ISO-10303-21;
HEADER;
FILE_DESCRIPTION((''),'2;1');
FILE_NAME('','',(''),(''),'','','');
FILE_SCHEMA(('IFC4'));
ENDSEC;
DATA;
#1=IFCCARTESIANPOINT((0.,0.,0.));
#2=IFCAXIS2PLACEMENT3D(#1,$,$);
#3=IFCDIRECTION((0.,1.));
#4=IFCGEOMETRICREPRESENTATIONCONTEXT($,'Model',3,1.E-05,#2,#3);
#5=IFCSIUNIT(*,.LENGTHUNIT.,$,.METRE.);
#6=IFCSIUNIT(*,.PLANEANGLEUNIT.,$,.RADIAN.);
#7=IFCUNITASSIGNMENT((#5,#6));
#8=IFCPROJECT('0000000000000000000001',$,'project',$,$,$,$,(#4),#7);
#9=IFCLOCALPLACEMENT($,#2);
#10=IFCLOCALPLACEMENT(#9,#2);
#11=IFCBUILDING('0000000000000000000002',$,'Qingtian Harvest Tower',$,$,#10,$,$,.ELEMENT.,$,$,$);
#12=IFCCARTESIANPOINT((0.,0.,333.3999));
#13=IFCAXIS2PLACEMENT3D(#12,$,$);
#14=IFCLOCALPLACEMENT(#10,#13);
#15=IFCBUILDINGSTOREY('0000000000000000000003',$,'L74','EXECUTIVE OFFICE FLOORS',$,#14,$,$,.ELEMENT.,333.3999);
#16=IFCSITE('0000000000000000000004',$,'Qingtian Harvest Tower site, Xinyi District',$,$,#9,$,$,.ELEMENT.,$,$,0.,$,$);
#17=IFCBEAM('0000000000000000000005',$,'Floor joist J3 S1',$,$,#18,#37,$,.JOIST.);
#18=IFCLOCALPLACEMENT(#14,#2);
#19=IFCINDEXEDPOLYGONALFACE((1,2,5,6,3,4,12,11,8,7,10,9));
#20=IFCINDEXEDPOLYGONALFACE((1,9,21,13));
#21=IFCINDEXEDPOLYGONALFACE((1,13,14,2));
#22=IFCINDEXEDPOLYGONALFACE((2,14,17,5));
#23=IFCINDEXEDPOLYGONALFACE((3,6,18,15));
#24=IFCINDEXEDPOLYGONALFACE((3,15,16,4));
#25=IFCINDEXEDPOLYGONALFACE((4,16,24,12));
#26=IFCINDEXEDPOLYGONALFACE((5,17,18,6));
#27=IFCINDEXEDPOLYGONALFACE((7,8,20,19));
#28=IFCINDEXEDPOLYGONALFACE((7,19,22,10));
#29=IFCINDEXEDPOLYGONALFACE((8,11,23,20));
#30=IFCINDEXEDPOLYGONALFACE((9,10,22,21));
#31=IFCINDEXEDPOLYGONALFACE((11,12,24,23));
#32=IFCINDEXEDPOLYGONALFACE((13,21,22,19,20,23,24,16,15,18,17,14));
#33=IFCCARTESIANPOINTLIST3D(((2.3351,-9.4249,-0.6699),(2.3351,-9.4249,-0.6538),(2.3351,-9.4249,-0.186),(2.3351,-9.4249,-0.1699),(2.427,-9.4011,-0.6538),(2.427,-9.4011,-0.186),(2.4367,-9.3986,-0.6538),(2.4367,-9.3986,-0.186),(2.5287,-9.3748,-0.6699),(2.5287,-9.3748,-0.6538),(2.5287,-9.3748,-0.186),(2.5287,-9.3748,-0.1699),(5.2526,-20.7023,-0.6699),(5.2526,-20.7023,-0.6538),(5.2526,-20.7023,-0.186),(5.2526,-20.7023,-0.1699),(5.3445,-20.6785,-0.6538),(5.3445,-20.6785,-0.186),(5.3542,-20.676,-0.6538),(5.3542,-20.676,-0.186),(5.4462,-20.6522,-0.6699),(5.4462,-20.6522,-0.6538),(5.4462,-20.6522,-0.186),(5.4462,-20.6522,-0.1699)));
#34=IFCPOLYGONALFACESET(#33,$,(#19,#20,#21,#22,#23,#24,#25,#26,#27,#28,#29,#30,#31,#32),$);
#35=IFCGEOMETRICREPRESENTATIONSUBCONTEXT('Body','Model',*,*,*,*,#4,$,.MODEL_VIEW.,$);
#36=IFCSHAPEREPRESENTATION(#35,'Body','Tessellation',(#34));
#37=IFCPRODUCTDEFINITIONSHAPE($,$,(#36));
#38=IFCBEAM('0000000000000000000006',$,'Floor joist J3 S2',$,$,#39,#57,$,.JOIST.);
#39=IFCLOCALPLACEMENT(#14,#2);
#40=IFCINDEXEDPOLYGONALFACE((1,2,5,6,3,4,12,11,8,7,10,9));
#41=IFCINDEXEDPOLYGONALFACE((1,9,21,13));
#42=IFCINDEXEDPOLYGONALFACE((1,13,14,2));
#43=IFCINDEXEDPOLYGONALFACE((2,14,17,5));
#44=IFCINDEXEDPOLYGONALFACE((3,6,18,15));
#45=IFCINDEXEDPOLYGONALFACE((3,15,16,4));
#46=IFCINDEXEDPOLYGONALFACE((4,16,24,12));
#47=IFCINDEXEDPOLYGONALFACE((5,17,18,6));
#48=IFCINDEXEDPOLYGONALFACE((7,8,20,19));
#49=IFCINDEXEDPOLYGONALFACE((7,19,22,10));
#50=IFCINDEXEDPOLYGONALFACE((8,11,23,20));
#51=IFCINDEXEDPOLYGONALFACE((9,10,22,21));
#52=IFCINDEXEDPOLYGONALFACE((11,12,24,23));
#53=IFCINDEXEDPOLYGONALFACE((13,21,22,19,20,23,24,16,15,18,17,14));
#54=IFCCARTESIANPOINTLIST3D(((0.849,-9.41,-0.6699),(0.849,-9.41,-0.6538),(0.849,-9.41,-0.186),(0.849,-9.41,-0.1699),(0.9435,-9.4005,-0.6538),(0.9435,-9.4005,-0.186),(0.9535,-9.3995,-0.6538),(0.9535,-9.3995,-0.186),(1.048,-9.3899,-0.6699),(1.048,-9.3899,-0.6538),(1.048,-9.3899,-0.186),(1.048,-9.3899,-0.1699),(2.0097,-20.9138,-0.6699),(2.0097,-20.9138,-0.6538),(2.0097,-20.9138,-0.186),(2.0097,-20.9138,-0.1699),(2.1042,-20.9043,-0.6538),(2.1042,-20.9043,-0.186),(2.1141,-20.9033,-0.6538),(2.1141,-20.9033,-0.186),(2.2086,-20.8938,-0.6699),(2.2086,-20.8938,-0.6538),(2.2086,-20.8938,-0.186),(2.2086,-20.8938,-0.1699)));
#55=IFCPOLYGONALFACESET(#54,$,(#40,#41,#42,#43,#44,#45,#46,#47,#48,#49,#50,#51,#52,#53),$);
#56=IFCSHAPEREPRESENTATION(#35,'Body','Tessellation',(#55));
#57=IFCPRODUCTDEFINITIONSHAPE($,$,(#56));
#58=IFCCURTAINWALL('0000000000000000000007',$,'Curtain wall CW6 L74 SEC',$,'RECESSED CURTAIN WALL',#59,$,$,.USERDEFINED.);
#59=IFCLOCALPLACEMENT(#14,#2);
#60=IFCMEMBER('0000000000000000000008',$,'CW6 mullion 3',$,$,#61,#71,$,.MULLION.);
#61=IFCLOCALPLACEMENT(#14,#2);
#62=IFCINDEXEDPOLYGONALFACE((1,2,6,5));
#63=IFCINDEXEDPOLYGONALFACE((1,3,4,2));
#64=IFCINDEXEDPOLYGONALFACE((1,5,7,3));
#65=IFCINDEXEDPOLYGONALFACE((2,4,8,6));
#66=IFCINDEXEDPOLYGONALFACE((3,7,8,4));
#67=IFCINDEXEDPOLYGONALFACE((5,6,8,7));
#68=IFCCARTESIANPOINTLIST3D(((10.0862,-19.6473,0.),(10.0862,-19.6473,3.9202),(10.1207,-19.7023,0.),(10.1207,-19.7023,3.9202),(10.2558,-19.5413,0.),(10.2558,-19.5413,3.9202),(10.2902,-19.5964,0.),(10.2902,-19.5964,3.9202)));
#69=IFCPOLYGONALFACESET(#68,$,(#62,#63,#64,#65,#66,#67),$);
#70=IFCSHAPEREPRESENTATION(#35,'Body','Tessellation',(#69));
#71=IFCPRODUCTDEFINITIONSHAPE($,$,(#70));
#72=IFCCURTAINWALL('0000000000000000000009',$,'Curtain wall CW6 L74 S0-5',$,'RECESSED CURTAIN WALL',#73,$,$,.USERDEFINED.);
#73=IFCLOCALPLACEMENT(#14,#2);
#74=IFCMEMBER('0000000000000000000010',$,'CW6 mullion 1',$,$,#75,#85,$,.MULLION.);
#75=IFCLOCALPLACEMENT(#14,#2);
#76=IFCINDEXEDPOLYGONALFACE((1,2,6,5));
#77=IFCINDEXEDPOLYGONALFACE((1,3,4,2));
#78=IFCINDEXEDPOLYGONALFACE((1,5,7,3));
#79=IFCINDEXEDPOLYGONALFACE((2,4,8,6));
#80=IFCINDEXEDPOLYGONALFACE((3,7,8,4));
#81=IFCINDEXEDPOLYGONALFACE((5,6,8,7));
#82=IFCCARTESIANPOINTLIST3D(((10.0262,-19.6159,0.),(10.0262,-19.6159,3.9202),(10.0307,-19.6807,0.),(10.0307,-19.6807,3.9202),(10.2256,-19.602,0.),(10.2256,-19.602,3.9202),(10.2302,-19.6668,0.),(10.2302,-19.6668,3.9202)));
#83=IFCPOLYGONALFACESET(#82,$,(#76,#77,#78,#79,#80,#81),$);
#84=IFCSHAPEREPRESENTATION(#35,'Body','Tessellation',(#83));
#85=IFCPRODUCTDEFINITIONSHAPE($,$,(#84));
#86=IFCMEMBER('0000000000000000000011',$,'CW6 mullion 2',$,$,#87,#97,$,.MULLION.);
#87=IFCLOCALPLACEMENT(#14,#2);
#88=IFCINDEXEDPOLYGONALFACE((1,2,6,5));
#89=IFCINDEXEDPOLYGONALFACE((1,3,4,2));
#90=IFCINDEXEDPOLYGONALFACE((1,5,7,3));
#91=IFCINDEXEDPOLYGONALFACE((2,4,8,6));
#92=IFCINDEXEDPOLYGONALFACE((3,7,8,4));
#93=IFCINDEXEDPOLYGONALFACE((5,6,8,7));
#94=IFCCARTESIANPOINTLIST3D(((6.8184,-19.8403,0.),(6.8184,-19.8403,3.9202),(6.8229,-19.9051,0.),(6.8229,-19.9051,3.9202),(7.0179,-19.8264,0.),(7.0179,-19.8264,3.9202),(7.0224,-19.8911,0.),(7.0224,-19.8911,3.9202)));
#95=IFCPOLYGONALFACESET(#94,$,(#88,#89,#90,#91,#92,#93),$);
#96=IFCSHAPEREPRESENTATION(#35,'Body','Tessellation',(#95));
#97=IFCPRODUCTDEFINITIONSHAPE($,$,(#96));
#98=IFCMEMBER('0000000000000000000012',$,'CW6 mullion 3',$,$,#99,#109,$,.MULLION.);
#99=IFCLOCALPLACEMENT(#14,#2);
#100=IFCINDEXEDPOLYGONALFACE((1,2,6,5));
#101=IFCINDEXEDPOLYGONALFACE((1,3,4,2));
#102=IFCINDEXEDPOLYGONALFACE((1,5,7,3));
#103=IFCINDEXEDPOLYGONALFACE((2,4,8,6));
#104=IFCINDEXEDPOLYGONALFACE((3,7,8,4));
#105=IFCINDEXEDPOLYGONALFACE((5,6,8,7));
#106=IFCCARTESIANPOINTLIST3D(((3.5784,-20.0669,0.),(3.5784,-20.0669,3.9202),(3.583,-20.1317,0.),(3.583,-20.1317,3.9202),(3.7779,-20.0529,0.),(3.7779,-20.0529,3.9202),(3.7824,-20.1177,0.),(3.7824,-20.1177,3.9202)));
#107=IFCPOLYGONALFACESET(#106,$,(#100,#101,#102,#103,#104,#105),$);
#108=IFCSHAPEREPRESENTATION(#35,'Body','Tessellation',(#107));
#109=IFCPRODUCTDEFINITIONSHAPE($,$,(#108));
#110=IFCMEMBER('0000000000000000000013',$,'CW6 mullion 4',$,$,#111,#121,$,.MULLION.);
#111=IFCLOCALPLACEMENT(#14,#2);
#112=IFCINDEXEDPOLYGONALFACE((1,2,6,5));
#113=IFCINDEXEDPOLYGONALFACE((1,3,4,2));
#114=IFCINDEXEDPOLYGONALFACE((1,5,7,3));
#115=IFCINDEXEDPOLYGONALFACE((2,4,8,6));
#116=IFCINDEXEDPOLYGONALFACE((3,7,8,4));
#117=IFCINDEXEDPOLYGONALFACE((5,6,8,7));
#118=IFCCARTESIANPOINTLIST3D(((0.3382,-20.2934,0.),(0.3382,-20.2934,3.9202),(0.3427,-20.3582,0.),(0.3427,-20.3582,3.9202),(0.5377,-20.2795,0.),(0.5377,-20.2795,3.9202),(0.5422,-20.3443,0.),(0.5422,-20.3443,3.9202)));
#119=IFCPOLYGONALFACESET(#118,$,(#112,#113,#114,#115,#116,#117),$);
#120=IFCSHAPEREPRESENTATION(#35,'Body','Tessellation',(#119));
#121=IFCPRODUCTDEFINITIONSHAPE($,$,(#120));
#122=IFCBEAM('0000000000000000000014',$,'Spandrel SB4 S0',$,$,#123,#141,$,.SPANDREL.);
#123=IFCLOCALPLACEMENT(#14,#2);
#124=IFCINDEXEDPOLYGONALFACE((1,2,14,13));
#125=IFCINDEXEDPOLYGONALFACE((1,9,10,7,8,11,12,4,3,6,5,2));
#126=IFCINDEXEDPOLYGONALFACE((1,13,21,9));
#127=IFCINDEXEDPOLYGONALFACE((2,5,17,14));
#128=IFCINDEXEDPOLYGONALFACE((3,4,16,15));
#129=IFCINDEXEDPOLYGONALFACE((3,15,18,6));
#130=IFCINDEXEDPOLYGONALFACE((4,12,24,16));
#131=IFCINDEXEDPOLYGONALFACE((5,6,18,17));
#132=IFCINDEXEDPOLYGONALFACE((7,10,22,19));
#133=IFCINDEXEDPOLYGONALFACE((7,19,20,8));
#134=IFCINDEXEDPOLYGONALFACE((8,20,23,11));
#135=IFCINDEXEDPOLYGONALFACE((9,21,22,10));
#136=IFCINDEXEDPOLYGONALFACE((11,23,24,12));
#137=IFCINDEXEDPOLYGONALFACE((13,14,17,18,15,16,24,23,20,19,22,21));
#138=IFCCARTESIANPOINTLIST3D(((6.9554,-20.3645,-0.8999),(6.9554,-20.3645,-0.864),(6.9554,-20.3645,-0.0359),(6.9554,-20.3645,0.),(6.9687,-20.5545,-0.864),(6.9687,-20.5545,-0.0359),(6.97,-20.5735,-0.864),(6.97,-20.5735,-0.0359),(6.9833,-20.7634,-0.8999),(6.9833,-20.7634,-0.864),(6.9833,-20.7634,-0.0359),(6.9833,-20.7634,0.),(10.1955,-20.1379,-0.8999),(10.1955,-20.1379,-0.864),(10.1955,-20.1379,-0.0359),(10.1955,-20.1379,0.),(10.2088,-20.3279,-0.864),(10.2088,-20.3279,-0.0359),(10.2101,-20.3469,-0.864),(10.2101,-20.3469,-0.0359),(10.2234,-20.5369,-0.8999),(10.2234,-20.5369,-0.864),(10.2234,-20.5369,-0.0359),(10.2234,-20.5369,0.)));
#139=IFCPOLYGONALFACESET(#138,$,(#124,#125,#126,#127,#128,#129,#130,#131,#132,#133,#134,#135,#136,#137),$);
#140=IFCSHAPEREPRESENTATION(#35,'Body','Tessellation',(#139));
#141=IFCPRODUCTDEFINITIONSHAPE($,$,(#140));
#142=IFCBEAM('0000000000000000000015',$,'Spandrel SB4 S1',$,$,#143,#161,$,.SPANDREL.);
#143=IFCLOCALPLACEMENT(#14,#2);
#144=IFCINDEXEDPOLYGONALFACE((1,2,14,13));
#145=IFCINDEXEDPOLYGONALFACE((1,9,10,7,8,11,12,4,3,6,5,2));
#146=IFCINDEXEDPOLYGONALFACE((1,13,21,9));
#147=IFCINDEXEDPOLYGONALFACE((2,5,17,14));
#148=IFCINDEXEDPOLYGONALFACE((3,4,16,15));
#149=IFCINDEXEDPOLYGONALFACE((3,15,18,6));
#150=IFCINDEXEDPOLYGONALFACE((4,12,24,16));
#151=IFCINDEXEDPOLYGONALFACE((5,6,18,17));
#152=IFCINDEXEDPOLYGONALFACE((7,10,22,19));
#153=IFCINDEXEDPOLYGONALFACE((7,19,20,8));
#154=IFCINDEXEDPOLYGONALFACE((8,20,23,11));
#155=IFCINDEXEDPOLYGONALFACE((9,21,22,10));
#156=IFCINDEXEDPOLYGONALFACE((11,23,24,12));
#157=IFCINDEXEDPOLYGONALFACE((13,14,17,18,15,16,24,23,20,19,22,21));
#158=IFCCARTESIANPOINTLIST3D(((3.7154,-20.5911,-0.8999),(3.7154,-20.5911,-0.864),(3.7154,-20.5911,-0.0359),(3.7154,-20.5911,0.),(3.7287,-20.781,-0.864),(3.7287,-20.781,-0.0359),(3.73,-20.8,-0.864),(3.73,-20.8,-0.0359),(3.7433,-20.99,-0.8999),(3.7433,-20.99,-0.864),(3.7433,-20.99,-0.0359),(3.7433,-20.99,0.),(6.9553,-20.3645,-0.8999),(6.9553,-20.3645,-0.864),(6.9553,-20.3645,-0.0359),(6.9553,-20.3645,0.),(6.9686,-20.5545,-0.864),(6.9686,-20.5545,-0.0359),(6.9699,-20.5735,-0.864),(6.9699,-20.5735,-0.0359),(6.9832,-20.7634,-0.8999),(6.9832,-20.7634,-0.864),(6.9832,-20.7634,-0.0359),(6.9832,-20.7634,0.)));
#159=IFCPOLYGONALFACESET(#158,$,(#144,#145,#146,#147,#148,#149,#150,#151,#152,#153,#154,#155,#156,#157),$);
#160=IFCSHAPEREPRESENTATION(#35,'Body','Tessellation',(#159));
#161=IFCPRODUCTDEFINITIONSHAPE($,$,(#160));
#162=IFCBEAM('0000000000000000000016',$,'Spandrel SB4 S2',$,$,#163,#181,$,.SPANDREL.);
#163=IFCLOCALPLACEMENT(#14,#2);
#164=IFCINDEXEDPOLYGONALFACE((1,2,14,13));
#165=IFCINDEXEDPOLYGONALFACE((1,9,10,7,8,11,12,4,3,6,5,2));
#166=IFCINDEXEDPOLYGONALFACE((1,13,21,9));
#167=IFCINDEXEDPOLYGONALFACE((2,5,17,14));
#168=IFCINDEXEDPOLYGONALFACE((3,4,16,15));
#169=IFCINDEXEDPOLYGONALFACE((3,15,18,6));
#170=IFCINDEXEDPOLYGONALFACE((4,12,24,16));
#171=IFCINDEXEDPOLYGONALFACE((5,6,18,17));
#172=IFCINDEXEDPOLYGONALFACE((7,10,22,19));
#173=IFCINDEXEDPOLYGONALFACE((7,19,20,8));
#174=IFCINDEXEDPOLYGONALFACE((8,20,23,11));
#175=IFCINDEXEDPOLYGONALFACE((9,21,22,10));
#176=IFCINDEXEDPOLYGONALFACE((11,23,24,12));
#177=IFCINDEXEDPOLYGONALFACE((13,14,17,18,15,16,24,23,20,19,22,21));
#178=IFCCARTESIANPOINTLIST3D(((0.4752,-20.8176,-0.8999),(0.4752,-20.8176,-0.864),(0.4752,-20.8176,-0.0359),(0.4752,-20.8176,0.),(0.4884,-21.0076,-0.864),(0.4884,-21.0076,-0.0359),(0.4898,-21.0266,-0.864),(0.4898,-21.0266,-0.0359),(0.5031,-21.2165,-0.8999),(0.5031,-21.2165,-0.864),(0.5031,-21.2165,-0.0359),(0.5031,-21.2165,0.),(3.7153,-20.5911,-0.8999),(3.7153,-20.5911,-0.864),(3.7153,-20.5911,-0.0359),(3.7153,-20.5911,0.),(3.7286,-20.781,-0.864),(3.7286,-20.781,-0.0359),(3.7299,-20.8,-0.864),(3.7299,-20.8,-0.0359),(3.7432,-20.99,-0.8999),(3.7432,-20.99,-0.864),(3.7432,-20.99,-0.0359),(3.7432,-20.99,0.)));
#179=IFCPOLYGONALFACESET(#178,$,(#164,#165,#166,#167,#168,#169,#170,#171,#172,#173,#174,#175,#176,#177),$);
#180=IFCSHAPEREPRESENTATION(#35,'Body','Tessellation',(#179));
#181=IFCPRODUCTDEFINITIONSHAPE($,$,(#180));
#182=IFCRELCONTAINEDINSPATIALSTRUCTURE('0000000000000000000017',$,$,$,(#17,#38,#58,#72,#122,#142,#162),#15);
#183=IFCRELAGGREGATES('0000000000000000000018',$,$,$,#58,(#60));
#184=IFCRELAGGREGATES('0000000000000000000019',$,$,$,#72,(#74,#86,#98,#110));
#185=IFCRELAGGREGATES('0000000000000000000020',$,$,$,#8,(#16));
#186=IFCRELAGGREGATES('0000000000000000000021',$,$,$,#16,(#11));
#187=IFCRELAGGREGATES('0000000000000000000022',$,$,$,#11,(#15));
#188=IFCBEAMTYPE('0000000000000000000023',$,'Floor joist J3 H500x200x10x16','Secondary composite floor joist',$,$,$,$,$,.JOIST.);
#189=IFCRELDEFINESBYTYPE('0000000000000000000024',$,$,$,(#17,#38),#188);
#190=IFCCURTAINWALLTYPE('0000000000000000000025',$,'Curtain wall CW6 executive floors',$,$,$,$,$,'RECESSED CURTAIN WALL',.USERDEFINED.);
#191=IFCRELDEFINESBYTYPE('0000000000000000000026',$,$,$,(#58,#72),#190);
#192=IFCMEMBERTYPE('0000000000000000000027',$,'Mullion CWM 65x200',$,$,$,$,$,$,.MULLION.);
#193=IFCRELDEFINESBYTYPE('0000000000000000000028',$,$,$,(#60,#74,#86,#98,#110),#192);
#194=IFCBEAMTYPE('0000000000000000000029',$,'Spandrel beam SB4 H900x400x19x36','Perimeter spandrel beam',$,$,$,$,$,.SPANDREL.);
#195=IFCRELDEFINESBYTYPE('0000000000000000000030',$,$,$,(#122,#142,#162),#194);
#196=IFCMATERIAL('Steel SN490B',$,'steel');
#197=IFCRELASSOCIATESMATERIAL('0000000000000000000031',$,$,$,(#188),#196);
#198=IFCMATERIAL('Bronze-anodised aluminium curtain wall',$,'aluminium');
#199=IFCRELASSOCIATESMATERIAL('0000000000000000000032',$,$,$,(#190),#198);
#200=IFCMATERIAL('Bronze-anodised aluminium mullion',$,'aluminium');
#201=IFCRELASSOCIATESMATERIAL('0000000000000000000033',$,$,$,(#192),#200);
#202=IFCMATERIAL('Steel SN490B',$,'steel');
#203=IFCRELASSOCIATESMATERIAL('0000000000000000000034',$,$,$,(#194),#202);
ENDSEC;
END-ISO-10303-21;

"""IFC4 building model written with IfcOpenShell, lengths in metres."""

from ifc_helpers import new_model, si_unit, direction, frame, origin, origin_2d, place, context, subcontext, project, spatial, rectangle, i_section, extrude, material, material_profile, profile_set, type_object, element, aggregate, save


model = new_model("IFC4")

# Units and contexts
model_context = context("Model", 3, precision=1e-05, world=origin(), true_north=direction((0.0, 1.0)))
body_context = subcontext(model_context, "Body", "Model", "MODEL_VIEW")
ifc_project = project(units=[si_unit("LENGTHUNIT", "METRE"), si_unit("PLANEANGLEUNIT", "RADIAN")], contexts=[model_context])

# Site, building, storey
site_placement = place(None, origin())
site = spatial("IfcSite", under=ifc_project, at=site_placement, Name="Qingtian Harvest Tower site, Xinyi District", CompositionType="ELEMENT", RefElevation=0.0)
building_placement = place(site_placement, origin())
building = spatial("IfcBuilding", under=site, at=building_placement, Name="Qingtian Harvest Tower", CompositionType="ELEMENT")
storey_placement = place(building_placement, frame((0.0, 0.0, 333.3999)))
storey = spatial("IfcBuildingStorey", under=building, at=storey_placement, Name="L74", Description="EXECUTIVE OFFICE FLOORS", CompositionType="ELEMENT", Elevation=333.3999)

# Beams
ifc_material_1 = material(Name="Steel SN490B", Category="steel")
ifc_material_profile_1 = material_profile(ifc_material_1, i_section(OverallWidth=0.2, OverallDepth=0.5, WebThickness=0.01, FlangeThickness=0.0161, at=origin_2d()), Name="H500x200x10x16")
ifc_profile_set_1 = profile_set([ifc_material_profile_1], Name="Steel SN490B")
beam_type_1 = type_object("IfcBeamType", Name="Floor joist J3 H500x200x10x16", Description="Secondary composite floor joist", PredefinedType="JOIST", material=ifc_profile_set_1)
beam_1_placement = place(storey_placement, frame((5.3494, -20.6772, -0.4199), z_axis=(-0.250457, 0.968128, 0.0), x_axis=(-0.968128, -0.250457, 0.0)))
element("IfcBeam", 1, at=beam_1_placement, inside=storey, type_object=beam_type_1, Name="Floor joist J3 S1", PredefinedType="JOIST", context=body_context, shape_type="SweptSolid", body=[
    extrude(i_section(OverallWidth=0.2, OverallDepth=0.5, WebThickness=0.01, FlangeThickness=0.0161, at=origin_2d()), origin(), (0.0, 0.0, 1.0), 11.6487),
])
beam_2_placement = place(storey_placement, frame((2.1091, -20.9038, -0.4199), z_axis=(-0.100382, 0.994949, 0.0), x_axis=(-0.994949, -0.100382, 0.0)))
element("IfcBeam", 2, at=beam_2_placement, inside=storey, type_object=beam_type_1, Name="Floor joist J3 S2", PredefinedType="JOIST", context=body_context, shape_type="SweptSolid", body=[
    extrude(i_section(OverallWidth=0.2, OverallDepth=0.5, WebThickness=0.01, FlangeThickness=0.0161, at=origin_2d()), origin(), (0.0, 0.0, 1.0), 11.5623),
])

# Curtain wall, member
ifc_material_2 = material(Name="Bronze-anodised aluminium curtain wall", Category="aluminium")
curtain_wall_type = type_object("IfcCurtainWallType", Name="Curtain wall CW6 executive floors", ElementType="RECESSED CURTAIN WALL", PredefinedType="USERDEFINED", material=ifc_material_2)
curtain_wall_1_placement = place(storey_placement, origin())
curtain_wall_1 = element("IfcCurtainWall", 3, at=curtain_wall_1_placement, inside=storey, type_object=curtain_wall_type, Name="Curtain wall CW6 L74 SEC", ObjectType="RECESSED CURTAIN WALL", PredefinedType="USERDEFINED")
ifc_material_3 = material(Name="Bronze-anodised aluminium mullion", Category="aluminium")
ifc_material_profile_2 = material_profile(ifc_material_3, rectangle(XDim=0.0649, YDim=0.2, at=origin_2d()), Name="AL 65x200")
ifc_profile_set_2 = profile_set([ifc_material_profile_2], Name="Bronze-anodised aluminium mullion")
member_type_1 = type_object("IfcMemberType", Name="Mullion CWM 65x200", PredefinedType="MULLION", material=ifc_profile_set_2)
member_1_placement = place(storey_placement, frame((10.1882, -19.6218, 0.0), z_axis=(0.0, 0.0, 1.0), x_axis=(0.529919, -0.848048, 0.0)))
member_1 = element("IfcMember", 4, at=member_1_placement, type_object=member_type_1, Name="CW6 mullion 3", PredefinedType="MULLION", context=body_context, shape_type="SweptSolid", body=[
    extrude(rectangle(XDim=0.0649, YDim=0.2, at=origin_2d()), origin(), (0.0, 0.0, 1.0), 3.9202),
])

# Curtain wall, members
curtain_wall_2_placement = place(storey_placement, origin())
curtain_wall_2 = element("IfcCurtainWall", 5, at=curtain_wall_2_placement, inside=storey, type_object=curtain_wall_type, Name="Curtain wall CW6 L74 S0-5", ObjectType="RECESSED CURTAIN WALL", PredefinedType="USERDEFINED")
member_2_placement = place(storey_placement, frame((10.1282, -19.6414, 0.0), z_axis=(0.0, 0.0, 1.0), x_axis=(0.069756, -0.997564, 0.0)))
member_2 = element("IfcMember", 6, at=member_2_placement, type_object=member_type_1, Name="CW6 mullion 1", PredefinedType="MULLION", context=body_context, shape_type="SweptSolid", body=[
    extrude(rectangle(XDim=0.0649, YDim=0.2, at=origin_2d()), origin(), (0.0, 0.0, 1.0), 3.9202),
])
member_3_placement = place(storey_placement, frame((6.9204, -19.8657, 0.0), z_axis=(0.0, 0.0, 1.0), x_axis=(0.069756, -0.997564, 0.0)))
member_3 = element("IfcMember", 7, at=member_3_placement, type_object=member_type_1, Name="CW6 mullion 2", PredefinedType="MULLION", context=body_context, shape_type="SweptSolid", body=[
    extrude(rectangle(XDim=0.0649, YDim=0.2, at=origin_2d()), origin(), (0.0, 0.0, 1.0), 3.9202),
])
member_4_placement = place(storey_placement, frame((3.6804, -20.0923, 0.0), z_axis=(0.0, 0.0, 1.0), x_axis=(0.069756, -0.997564, 0.0)))
member_4 = element("IfcMember", 8, at=member_4_placement, type_object=member_type_1, Name="CW6 mullion 3", PredefinedType="MULLION", context=body_context, shape_type="SweptSolid", body=[
    extrude(rectangle(XDim=0.0649, YDim=0.2, at=origin_2d()), origin(), (0.0, 0.0, 1.0), 3.9202),
])
member_5_placement = place(storey_placement, frame((0.4402, -20.3188, 0.0), z_axis=(0.0, 0.0, 1.0), x_axis=(0.069756, -0.997564, 0.0)))
member_5 = element("IfcMember", 9, at=member_5_placement, type_object=member_type_1, Name="CW6 mullion 4", PredefinedType="MULLION", context=body_context, shape_type="SweptSolid", body=[
    extrude(rectangle(XDim=0.0649, YDim=0.2, at=origin_2d()), origin(), (0.0, 0.0, 1.0), 3.9202),
])

# Beams
ifc_material_4 = material(Name="Steel SN490B", Category="steel")
ifc_material_profile_3 = material_profile(ifc_material_4, i_section(OverallWidth=0.3999, OverallDepth=0.8999, WebThickness=0.019, FlangeThickness=0.0359, at=origin_2d()), Name="H900x400x19x36")
ifc_profile_set_3 = profile_set([ifc_material_profile_3], Name="Steel SN490B")
beam_type_2 = type_object("IfcBeamType", Name="Spandrel beam SB4 H900x400x19x36", Description="Perimeter spandrel beam", PredefinedType="SPANDREL", material=ifc_profile_set_3)
beam_3_placement = place(storey_placement, frame((10.2095, -20.3374, -0.45), z_axis=(-0.997564, -0.069751, 0.0), x_axis=(0.069751, -0.997564, 0.0)))
element("IfcBeam", 10, at=beam_3_placement, inside=storey, type_object=beam_type_2, Name="Spandrel SB4 S0", PredefinedType="SPANDREL", context=body_context, shape_type="SweptSolid", body=[
    extrude(i_section(OverallWidth=0.3999, OverallDepth=0.8999, WebThickness=0.019, FlangeThickness=0.0359, at=origin_2d()), origin(), (0.0, 0.0, 1.0), 3.248),
])
beam_4_placement = place(storey_placement, frame((6.9692, -20.564, -0.45), z_axis=(-0.997564, -0.069757, 0.0), x_axis=(0.069757, -0.997564, 0.0)))
element("IfcBeam", 11, at=beam_4_placement, inside=storey, type_object=beam_type_2, Name="Spandrel SB4 S1", PredefinedType="SPANDREL", context=body_context, shape_type="SweptSolid", body=[
    extrude(i_section(OverallWidth=0.3999, OverallDepth=0.8999, WebThickness=0.019, FlangeThickness=0.0359, at=origin_2d()), origin(), (0.0, 0.0, 1.0), 3.2478),
])
beam_5_placement = place(storey_placement, frame((3.7292, -20.7905, -0.45), z_axis=(-0.997564, -0.069751, 0.0), x_axis=(0.069751, -0.997564, 0.0)))
element("IfcBeam", 12, at=beam_5_placement, inside=storey, type_object=beam_type_2, Name="Spandrel SB4 S2", PredefinedType="SPANDREL", context=body_context, shape_type="SweptSolid", body=[
    extrude(i_section(OverallWidth=0.3999, OverallDepth=0.8999, WebThickness=0.019, FlangeThickness=0.0359, at=origin_2d()), origin(), (0.0, 0.0, 1.0), 3.248),
])

aggregate(curtain_wall_1, [member_1])
aggregate(curtain_wall_2, [member_2, member_3, member_4, member_5])

save(model, "model.ifc")
